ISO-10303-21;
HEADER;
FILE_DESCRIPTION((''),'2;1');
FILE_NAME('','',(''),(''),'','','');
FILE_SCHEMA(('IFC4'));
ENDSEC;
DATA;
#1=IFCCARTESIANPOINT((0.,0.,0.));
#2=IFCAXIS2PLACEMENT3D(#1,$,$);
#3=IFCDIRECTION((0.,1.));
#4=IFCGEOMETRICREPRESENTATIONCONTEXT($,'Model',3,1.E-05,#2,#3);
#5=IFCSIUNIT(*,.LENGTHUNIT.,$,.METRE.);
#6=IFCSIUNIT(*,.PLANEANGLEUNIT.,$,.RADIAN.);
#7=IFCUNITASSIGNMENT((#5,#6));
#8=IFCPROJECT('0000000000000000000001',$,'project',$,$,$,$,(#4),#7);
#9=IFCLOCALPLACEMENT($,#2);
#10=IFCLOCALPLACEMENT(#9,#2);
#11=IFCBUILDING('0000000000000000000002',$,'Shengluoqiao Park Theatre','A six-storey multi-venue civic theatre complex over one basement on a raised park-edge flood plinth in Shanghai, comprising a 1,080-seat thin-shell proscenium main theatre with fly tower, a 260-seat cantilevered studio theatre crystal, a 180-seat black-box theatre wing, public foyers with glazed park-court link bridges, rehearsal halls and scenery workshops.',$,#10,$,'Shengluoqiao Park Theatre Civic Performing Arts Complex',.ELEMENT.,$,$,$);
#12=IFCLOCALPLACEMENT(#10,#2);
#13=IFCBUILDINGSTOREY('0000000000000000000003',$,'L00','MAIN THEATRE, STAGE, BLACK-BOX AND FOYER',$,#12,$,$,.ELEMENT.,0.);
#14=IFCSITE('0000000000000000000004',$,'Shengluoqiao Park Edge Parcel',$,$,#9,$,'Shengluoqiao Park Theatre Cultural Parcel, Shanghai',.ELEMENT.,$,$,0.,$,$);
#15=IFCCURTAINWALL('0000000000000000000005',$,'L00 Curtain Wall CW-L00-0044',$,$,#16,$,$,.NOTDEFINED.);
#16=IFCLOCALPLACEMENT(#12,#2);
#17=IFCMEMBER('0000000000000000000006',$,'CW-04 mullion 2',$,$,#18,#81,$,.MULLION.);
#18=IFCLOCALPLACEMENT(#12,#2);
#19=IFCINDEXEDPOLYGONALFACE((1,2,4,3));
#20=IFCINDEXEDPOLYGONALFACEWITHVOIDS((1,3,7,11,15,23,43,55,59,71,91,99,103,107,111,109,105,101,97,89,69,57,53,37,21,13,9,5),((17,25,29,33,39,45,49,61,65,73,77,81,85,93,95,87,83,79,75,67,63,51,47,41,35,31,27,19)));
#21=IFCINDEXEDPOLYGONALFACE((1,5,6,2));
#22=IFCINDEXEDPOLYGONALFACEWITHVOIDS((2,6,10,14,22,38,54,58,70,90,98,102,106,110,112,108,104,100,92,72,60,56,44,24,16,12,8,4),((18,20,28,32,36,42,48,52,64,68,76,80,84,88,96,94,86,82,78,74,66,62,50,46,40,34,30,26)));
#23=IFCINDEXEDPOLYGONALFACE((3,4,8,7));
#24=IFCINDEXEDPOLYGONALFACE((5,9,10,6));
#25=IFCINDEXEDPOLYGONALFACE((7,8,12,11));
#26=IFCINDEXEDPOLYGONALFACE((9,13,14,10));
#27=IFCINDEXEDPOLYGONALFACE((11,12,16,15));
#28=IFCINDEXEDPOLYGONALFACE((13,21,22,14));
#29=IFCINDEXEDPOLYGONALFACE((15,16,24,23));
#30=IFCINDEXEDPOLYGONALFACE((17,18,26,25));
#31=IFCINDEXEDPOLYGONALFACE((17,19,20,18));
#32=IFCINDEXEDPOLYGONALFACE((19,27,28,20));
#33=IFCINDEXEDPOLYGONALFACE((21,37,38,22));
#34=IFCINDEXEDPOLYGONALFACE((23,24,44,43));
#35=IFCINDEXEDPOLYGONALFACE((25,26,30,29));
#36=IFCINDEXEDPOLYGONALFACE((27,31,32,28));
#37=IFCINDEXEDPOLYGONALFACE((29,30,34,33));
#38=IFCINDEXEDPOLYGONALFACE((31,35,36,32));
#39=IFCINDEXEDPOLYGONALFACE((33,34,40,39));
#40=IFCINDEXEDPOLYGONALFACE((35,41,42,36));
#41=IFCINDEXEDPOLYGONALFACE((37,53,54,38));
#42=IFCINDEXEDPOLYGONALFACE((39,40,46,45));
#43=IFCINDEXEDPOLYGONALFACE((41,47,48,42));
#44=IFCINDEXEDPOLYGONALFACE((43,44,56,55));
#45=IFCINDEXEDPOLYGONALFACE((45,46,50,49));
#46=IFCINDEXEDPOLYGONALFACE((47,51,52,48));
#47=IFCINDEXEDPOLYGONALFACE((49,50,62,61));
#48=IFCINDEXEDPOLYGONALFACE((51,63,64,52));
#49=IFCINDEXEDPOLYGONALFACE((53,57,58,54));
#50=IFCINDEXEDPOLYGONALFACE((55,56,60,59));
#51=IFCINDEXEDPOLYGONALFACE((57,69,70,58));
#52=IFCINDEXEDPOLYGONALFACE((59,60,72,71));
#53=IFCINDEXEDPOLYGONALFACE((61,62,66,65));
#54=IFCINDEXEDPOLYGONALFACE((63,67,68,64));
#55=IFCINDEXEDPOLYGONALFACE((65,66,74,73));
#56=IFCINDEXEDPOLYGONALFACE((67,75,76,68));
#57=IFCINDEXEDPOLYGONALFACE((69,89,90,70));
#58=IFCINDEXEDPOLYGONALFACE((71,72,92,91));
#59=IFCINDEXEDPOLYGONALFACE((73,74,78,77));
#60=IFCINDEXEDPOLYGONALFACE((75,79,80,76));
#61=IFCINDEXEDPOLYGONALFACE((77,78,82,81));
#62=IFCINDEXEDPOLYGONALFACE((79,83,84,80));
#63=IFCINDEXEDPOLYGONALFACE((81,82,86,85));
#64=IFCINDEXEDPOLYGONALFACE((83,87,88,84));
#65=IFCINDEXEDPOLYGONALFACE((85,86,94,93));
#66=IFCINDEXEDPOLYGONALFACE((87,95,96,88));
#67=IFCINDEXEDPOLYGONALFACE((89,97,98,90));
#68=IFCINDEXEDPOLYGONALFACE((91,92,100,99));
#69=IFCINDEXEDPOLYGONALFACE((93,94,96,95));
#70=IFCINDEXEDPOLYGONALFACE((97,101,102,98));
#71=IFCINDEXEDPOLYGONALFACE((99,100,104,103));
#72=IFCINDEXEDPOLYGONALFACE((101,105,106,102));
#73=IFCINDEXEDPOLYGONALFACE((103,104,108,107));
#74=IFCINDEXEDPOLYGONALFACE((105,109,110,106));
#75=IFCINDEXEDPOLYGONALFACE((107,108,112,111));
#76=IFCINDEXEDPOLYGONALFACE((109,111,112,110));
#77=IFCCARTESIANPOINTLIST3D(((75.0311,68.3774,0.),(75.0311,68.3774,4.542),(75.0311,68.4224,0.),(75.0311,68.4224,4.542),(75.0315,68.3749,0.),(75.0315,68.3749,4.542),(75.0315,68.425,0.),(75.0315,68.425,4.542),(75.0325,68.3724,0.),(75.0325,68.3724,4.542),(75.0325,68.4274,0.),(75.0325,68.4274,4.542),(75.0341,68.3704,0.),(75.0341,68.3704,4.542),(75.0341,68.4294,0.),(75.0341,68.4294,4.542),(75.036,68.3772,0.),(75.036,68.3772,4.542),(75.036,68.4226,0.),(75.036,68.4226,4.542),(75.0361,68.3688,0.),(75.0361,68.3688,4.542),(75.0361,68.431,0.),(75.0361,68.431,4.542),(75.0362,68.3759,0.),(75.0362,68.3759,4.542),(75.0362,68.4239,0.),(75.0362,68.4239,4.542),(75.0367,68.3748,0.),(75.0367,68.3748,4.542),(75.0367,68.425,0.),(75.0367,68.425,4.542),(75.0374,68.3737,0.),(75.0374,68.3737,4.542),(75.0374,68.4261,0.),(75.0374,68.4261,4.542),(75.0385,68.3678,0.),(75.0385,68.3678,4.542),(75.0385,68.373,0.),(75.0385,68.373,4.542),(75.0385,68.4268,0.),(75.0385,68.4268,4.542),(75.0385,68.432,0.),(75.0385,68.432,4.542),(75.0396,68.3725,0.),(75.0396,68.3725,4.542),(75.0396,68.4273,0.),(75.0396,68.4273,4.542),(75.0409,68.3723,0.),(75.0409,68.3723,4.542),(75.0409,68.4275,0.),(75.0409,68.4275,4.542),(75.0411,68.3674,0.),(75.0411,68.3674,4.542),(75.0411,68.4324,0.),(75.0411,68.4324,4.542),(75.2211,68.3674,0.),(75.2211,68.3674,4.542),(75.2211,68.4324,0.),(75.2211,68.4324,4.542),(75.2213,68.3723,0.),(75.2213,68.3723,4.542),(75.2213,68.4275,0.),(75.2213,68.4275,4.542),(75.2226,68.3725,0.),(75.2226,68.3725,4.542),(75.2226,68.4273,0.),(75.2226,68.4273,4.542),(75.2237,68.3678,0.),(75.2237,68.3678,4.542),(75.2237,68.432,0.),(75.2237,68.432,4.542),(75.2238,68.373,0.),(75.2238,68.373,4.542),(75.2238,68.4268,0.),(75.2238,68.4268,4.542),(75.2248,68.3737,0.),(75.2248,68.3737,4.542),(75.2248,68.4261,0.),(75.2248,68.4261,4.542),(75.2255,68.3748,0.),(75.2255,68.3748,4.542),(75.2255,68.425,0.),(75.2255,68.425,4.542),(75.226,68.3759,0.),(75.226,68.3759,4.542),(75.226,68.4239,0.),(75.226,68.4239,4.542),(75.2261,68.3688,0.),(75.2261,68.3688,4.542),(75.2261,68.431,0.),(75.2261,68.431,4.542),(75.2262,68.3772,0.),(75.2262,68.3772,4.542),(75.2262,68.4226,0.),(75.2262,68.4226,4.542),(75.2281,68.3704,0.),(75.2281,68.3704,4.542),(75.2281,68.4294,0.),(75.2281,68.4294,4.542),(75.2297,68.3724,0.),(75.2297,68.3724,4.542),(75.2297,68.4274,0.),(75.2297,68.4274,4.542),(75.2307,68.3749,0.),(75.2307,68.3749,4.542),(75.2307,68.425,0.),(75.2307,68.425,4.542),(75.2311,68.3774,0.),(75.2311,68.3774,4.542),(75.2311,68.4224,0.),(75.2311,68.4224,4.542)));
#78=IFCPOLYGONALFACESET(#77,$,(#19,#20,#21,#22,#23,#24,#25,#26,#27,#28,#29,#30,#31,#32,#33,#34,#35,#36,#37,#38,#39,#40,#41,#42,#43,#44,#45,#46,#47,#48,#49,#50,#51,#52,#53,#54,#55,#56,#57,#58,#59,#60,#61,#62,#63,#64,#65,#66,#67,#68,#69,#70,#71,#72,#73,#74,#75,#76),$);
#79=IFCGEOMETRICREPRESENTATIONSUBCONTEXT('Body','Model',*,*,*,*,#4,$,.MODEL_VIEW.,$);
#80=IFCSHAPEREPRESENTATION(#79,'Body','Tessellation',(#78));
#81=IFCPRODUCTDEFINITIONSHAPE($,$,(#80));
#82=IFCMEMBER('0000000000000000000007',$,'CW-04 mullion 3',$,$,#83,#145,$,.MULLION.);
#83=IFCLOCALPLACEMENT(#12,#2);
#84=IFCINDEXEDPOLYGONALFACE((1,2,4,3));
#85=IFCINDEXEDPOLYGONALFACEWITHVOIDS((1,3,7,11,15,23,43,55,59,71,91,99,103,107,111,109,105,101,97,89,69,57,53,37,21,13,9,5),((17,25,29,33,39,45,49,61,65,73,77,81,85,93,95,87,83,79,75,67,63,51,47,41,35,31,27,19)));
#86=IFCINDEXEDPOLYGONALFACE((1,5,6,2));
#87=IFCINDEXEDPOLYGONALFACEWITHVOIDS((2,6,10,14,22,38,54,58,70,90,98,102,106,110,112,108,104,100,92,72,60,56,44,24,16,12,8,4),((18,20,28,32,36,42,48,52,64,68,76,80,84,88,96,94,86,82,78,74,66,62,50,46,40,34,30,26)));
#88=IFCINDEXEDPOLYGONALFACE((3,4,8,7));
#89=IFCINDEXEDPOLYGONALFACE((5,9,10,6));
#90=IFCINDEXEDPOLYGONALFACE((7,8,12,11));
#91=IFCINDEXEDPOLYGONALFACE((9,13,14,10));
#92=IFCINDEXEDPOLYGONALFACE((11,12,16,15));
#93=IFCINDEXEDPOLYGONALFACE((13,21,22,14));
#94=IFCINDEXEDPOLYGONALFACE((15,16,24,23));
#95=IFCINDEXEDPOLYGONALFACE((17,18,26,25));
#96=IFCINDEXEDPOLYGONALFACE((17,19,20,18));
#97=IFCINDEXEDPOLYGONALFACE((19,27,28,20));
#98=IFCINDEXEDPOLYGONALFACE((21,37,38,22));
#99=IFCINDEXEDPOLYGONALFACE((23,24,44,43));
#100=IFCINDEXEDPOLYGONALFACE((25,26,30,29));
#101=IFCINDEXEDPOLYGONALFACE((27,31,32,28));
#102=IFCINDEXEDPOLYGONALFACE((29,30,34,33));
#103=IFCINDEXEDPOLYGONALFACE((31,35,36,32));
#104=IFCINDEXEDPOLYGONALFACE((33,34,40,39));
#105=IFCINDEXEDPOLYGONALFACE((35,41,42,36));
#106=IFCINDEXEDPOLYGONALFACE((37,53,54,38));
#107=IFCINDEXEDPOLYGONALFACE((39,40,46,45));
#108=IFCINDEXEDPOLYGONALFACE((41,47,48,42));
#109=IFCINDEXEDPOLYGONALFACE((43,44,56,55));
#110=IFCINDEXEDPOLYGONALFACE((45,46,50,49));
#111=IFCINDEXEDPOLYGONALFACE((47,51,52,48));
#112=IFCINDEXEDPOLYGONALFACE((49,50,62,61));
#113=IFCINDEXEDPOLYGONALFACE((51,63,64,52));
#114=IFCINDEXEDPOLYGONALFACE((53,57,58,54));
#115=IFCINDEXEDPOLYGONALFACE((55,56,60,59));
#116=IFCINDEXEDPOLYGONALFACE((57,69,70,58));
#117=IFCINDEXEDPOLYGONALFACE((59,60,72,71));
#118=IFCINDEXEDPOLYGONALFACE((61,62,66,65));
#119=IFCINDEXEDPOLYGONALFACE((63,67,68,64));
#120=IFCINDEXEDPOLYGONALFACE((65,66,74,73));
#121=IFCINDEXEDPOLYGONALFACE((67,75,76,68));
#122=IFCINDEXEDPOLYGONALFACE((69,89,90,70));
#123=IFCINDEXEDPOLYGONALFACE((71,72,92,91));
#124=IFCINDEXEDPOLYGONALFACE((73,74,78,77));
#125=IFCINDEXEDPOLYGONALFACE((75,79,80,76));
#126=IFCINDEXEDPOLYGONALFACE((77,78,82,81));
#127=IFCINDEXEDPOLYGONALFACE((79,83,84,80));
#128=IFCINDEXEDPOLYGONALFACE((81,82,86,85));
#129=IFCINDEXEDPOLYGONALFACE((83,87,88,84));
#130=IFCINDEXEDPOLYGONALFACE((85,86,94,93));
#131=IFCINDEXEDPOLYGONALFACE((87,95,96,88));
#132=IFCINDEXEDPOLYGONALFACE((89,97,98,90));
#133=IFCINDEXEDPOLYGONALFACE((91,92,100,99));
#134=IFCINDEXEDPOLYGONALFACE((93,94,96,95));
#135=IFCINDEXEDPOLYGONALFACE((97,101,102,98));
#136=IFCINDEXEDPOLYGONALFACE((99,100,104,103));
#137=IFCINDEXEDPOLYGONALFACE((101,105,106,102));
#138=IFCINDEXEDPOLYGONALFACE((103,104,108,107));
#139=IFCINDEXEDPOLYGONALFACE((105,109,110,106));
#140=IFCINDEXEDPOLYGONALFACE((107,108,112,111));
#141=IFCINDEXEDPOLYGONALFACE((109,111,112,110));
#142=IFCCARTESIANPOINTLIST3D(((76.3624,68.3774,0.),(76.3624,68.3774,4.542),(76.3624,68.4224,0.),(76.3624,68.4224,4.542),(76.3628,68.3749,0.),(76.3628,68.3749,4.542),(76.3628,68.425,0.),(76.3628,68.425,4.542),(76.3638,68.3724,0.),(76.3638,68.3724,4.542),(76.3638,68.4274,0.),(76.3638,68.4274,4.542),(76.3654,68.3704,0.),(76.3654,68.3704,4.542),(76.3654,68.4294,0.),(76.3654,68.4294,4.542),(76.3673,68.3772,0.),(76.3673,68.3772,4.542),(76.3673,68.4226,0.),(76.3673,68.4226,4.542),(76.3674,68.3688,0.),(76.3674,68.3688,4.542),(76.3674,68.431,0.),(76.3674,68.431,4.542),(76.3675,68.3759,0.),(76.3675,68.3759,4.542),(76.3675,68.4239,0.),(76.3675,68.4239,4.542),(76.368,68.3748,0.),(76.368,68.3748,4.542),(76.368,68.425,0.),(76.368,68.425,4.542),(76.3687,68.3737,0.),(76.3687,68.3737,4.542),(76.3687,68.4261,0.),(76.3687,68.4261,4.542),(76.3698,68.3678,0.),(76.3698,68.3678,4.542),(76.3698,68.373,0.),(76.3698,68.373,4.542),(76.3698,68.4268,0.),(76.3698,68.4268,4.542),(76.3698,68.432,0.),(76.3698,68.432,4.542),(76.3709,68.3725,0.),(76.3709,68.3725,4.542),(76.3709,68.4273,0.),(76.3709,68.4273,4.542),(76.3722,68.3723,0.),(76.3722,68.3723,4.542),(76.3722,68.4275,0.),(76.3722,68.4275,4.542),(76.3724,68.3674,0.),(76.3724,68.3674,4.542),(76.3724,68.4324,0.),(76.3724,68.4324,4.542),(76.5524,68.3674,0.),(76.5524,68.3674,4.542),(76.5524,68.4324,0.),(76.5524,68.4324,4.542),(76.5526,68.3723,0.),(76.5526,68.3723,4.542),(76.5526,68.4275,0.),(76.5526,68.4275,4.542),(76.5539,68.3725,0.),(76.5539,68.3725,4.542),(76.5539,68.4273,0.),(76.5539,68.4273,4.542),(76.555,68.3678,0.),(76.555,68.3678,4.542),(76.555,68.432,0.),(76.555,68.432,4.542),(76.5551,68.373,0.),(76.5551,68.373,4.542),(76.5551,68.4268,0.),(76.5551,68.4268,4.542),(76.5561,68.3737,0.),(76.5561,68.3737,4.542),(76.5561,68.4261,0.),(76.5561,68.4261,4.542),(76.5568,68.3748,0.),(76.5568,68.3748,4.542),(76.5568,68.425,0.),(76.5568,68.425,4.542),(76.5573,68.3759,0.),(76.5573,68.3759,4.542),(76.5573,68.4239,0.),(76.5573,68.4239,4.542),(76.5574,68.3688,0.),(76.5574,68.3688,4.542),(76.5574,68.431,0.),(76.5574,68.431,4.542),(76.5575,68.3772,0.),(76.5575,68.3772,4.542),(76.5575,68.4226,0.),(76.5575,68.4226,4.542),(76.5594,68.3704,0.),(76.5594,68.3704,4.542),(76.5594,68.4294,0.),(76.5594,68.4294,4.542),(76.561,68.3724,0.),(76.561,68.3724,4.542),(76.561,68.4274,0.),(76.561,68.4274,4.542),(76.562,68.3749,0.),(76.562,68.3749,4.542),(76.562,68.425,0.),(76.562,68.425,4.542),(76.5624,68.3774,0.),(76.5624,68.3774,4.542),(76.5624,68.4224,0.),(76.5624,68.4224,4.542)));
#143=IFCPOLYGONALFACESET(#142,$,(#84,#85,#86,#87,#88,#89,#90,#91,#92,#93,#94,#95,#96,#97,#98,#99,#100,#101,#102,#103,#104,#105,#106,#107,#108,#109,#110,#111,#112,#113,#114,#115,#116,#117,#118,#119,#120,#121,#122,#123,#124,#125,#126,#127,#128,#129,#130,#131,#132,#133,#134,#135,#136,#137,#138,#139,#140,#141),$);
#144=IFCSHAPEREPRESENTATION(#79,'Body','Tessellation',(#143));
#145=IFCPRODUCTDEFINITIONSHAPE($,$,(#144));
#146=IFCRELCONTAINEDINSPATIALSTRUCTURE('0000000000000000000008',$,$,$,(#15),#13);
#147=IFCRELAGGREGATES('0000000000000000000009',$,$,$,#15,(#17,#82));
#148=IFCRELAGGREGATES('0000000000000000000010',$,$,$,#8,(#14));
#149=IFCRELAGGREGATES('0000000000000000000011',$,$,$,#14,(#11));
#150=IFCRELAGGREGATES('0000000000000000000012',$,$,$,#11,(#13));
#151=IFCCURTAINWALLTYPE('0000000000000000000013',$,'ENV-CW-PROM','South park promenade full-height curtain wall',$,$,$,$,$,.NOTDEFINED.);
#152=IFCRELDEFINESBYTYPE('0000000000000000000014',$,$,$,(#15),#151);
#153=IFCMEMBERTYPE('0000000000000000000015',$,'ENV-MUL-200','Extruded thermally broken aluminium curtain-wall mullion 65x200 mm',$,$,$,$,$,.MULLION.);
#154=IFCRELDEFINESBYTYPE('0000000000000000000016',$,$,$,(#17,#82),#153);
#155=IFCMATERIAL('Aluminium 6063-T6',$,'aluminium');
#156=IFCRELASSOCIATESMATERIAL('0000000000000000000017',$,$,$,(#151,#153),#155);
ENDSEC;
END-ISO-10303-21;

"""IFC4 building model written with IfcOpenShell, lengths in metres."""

from ifc_helpers import new_model, si_unit, direction, frame, origin, origin_2d, place, context, subcontext, project, spatial, hollow_rectangle, extrude, material, material_profile, profile_set, type_object, element, aggregate, save


model = new_model("IFC4")

# Units and contexts
model_context = context("Model", 3, precision=1e-05, world=origin(), true_north=direction((0.0, 1.0)))
body_context = subcontext(model_context, "Body", "Model", "MODEL_VIEW")
ifc_project = project(units=[si_unit("LENGTHUNIT", "METRE"), si_unit("PLANEANGLEUNIT", "RADIAN")], contexts=[model_context])

# Site, building, storey
site_placement = place(None, origin())
site = spatial("IfcSite", under=ifc_project, at=site_placement, Name="Shengluoqiao Park Edge Parcel", LongName="Shengluoqiao Park Theatre Cultural Parcel, Shanghai", CompositionType="ELEMENT", RefElevation=0.0)
building_placement = place(site_placement, origin())
building = spatial("IfcBuilding", under=site, at=building_placement, Name="Shengluoqiao Park Theatre", Description="A six-storey multi-venue civic theatre complex over one basement on a raised park-edge flood plinth in Shanghai, comprising a 1,080-seat thin-shell proscenium main theatre with fly tower, a 260-seat cantilevered studio theatre crystal, a 180-seat black-box theatre wing, public foyers with glazed park-court link bridges, rehearsal halls and scenery workshops.", LongName="Shengluoqiao Park Theatre Civic Performing Arts Complex", CompositionType="ELEMENT")
storey_placement = place(building_placement, origin())
storey = spatial("IfcBuildingStorey", under=building, at=storey_placement, Name="L00", Description="MAIN THEATRE, STAGE, BLACK-BOX AND FOYER", CompositionType="ELEMENT", Elevation=0.0)

# Shared definitions
ifc_material_1 = material(Name="Aluminium 6063-T6", Category="aluminium")
curtain_wall_type = type_object("IfcCurtainWallType", Name="ENV-CW-PROM", Description="South park promenade full-height curtain wall", PredefinedType="NOTDEFINED", material=ifc_material_1)
ifc_material_profile_1 = material_profile(ifc_material_1, hollow_rectangle(XDim=0.0649, YDim=0.2, WallThickness=0.0049, InnerFilletRadius=0.0049, OuterFilletRadius=0.01, at=origin_2d()), Name="ALU MULLION 200x65x5")
ifc_profile_set_1 = profile_set([ifc_material_profile_1], Name="Aluminium 6063-T6")
member_type_1 = type_object("IfcMemberType", Name="ENV-MUL-200", Description="Extruded thermally broken aluminium curtain-wall mullion 65x200 mm", PredefinedType="MULLION", material=ifc_profile_set_1)

# Curtain wall, members
curtain_wall_1_placement = place(storey_placement, origin())
curtain_wall_1 = element("IfcCurtainWall", 1, at=curtain_wall_1_placement, inside=storey, type_object=curtain_wall_type, Name="L00 Curtain Wall CW-L00-0044", PredefinedType="NOTDEFINED")
member_1_placement = place(storey_placement, frame((75.1311, 68.3999, 0.0), z_axis=(0.0, 0.0, 1.0), x_axis=(0.0, 1.0, 0.0)))
member_1 = element("IfcMember", 2, at=member_1_placement, type_object=member_type_1, Name="CW-04 mullion 2", PredefinedType="MULLION", context=body_context, shape_type="SweptSolid", body=[
    extrude(hollow_rectangle(XDim=0.0649, YDim=0.2, WallThickness=0.0049, InnerFilletRadius=0.0049, OuterFilletRadius=0.01, at=origin_2d()), origin(), (0.0, 0.0, 1.0), 4.542),
])
member_2_placement = place(storey_placement, frame((76.4624, 68.3999, 0.0), z_axis=(0.0, 0.0, 1.0), x_axis=(0.0, 1.0, 0.0)))
member_2 = element("IfcMember", 3, at=member_2_placement, type_object=member_type_1, Name="CW-04 mullion 3", PredefinedType="MULLION", context=body_context, shape_type="SweptSolid", body=[
    extrude(hollow_rectangle(XDim=0.0649, YDim=0.2, WallThickness=0.0049, InnerFilletRadius=0.0049, OuterFilletRadius=0.01, at=origin_2d()), origin(), (0.0, 0.0, 1.0), 4.542),
])

aggregate(curtain_wall_1, [member_1, member_2])

save(model, "model.ifc")
